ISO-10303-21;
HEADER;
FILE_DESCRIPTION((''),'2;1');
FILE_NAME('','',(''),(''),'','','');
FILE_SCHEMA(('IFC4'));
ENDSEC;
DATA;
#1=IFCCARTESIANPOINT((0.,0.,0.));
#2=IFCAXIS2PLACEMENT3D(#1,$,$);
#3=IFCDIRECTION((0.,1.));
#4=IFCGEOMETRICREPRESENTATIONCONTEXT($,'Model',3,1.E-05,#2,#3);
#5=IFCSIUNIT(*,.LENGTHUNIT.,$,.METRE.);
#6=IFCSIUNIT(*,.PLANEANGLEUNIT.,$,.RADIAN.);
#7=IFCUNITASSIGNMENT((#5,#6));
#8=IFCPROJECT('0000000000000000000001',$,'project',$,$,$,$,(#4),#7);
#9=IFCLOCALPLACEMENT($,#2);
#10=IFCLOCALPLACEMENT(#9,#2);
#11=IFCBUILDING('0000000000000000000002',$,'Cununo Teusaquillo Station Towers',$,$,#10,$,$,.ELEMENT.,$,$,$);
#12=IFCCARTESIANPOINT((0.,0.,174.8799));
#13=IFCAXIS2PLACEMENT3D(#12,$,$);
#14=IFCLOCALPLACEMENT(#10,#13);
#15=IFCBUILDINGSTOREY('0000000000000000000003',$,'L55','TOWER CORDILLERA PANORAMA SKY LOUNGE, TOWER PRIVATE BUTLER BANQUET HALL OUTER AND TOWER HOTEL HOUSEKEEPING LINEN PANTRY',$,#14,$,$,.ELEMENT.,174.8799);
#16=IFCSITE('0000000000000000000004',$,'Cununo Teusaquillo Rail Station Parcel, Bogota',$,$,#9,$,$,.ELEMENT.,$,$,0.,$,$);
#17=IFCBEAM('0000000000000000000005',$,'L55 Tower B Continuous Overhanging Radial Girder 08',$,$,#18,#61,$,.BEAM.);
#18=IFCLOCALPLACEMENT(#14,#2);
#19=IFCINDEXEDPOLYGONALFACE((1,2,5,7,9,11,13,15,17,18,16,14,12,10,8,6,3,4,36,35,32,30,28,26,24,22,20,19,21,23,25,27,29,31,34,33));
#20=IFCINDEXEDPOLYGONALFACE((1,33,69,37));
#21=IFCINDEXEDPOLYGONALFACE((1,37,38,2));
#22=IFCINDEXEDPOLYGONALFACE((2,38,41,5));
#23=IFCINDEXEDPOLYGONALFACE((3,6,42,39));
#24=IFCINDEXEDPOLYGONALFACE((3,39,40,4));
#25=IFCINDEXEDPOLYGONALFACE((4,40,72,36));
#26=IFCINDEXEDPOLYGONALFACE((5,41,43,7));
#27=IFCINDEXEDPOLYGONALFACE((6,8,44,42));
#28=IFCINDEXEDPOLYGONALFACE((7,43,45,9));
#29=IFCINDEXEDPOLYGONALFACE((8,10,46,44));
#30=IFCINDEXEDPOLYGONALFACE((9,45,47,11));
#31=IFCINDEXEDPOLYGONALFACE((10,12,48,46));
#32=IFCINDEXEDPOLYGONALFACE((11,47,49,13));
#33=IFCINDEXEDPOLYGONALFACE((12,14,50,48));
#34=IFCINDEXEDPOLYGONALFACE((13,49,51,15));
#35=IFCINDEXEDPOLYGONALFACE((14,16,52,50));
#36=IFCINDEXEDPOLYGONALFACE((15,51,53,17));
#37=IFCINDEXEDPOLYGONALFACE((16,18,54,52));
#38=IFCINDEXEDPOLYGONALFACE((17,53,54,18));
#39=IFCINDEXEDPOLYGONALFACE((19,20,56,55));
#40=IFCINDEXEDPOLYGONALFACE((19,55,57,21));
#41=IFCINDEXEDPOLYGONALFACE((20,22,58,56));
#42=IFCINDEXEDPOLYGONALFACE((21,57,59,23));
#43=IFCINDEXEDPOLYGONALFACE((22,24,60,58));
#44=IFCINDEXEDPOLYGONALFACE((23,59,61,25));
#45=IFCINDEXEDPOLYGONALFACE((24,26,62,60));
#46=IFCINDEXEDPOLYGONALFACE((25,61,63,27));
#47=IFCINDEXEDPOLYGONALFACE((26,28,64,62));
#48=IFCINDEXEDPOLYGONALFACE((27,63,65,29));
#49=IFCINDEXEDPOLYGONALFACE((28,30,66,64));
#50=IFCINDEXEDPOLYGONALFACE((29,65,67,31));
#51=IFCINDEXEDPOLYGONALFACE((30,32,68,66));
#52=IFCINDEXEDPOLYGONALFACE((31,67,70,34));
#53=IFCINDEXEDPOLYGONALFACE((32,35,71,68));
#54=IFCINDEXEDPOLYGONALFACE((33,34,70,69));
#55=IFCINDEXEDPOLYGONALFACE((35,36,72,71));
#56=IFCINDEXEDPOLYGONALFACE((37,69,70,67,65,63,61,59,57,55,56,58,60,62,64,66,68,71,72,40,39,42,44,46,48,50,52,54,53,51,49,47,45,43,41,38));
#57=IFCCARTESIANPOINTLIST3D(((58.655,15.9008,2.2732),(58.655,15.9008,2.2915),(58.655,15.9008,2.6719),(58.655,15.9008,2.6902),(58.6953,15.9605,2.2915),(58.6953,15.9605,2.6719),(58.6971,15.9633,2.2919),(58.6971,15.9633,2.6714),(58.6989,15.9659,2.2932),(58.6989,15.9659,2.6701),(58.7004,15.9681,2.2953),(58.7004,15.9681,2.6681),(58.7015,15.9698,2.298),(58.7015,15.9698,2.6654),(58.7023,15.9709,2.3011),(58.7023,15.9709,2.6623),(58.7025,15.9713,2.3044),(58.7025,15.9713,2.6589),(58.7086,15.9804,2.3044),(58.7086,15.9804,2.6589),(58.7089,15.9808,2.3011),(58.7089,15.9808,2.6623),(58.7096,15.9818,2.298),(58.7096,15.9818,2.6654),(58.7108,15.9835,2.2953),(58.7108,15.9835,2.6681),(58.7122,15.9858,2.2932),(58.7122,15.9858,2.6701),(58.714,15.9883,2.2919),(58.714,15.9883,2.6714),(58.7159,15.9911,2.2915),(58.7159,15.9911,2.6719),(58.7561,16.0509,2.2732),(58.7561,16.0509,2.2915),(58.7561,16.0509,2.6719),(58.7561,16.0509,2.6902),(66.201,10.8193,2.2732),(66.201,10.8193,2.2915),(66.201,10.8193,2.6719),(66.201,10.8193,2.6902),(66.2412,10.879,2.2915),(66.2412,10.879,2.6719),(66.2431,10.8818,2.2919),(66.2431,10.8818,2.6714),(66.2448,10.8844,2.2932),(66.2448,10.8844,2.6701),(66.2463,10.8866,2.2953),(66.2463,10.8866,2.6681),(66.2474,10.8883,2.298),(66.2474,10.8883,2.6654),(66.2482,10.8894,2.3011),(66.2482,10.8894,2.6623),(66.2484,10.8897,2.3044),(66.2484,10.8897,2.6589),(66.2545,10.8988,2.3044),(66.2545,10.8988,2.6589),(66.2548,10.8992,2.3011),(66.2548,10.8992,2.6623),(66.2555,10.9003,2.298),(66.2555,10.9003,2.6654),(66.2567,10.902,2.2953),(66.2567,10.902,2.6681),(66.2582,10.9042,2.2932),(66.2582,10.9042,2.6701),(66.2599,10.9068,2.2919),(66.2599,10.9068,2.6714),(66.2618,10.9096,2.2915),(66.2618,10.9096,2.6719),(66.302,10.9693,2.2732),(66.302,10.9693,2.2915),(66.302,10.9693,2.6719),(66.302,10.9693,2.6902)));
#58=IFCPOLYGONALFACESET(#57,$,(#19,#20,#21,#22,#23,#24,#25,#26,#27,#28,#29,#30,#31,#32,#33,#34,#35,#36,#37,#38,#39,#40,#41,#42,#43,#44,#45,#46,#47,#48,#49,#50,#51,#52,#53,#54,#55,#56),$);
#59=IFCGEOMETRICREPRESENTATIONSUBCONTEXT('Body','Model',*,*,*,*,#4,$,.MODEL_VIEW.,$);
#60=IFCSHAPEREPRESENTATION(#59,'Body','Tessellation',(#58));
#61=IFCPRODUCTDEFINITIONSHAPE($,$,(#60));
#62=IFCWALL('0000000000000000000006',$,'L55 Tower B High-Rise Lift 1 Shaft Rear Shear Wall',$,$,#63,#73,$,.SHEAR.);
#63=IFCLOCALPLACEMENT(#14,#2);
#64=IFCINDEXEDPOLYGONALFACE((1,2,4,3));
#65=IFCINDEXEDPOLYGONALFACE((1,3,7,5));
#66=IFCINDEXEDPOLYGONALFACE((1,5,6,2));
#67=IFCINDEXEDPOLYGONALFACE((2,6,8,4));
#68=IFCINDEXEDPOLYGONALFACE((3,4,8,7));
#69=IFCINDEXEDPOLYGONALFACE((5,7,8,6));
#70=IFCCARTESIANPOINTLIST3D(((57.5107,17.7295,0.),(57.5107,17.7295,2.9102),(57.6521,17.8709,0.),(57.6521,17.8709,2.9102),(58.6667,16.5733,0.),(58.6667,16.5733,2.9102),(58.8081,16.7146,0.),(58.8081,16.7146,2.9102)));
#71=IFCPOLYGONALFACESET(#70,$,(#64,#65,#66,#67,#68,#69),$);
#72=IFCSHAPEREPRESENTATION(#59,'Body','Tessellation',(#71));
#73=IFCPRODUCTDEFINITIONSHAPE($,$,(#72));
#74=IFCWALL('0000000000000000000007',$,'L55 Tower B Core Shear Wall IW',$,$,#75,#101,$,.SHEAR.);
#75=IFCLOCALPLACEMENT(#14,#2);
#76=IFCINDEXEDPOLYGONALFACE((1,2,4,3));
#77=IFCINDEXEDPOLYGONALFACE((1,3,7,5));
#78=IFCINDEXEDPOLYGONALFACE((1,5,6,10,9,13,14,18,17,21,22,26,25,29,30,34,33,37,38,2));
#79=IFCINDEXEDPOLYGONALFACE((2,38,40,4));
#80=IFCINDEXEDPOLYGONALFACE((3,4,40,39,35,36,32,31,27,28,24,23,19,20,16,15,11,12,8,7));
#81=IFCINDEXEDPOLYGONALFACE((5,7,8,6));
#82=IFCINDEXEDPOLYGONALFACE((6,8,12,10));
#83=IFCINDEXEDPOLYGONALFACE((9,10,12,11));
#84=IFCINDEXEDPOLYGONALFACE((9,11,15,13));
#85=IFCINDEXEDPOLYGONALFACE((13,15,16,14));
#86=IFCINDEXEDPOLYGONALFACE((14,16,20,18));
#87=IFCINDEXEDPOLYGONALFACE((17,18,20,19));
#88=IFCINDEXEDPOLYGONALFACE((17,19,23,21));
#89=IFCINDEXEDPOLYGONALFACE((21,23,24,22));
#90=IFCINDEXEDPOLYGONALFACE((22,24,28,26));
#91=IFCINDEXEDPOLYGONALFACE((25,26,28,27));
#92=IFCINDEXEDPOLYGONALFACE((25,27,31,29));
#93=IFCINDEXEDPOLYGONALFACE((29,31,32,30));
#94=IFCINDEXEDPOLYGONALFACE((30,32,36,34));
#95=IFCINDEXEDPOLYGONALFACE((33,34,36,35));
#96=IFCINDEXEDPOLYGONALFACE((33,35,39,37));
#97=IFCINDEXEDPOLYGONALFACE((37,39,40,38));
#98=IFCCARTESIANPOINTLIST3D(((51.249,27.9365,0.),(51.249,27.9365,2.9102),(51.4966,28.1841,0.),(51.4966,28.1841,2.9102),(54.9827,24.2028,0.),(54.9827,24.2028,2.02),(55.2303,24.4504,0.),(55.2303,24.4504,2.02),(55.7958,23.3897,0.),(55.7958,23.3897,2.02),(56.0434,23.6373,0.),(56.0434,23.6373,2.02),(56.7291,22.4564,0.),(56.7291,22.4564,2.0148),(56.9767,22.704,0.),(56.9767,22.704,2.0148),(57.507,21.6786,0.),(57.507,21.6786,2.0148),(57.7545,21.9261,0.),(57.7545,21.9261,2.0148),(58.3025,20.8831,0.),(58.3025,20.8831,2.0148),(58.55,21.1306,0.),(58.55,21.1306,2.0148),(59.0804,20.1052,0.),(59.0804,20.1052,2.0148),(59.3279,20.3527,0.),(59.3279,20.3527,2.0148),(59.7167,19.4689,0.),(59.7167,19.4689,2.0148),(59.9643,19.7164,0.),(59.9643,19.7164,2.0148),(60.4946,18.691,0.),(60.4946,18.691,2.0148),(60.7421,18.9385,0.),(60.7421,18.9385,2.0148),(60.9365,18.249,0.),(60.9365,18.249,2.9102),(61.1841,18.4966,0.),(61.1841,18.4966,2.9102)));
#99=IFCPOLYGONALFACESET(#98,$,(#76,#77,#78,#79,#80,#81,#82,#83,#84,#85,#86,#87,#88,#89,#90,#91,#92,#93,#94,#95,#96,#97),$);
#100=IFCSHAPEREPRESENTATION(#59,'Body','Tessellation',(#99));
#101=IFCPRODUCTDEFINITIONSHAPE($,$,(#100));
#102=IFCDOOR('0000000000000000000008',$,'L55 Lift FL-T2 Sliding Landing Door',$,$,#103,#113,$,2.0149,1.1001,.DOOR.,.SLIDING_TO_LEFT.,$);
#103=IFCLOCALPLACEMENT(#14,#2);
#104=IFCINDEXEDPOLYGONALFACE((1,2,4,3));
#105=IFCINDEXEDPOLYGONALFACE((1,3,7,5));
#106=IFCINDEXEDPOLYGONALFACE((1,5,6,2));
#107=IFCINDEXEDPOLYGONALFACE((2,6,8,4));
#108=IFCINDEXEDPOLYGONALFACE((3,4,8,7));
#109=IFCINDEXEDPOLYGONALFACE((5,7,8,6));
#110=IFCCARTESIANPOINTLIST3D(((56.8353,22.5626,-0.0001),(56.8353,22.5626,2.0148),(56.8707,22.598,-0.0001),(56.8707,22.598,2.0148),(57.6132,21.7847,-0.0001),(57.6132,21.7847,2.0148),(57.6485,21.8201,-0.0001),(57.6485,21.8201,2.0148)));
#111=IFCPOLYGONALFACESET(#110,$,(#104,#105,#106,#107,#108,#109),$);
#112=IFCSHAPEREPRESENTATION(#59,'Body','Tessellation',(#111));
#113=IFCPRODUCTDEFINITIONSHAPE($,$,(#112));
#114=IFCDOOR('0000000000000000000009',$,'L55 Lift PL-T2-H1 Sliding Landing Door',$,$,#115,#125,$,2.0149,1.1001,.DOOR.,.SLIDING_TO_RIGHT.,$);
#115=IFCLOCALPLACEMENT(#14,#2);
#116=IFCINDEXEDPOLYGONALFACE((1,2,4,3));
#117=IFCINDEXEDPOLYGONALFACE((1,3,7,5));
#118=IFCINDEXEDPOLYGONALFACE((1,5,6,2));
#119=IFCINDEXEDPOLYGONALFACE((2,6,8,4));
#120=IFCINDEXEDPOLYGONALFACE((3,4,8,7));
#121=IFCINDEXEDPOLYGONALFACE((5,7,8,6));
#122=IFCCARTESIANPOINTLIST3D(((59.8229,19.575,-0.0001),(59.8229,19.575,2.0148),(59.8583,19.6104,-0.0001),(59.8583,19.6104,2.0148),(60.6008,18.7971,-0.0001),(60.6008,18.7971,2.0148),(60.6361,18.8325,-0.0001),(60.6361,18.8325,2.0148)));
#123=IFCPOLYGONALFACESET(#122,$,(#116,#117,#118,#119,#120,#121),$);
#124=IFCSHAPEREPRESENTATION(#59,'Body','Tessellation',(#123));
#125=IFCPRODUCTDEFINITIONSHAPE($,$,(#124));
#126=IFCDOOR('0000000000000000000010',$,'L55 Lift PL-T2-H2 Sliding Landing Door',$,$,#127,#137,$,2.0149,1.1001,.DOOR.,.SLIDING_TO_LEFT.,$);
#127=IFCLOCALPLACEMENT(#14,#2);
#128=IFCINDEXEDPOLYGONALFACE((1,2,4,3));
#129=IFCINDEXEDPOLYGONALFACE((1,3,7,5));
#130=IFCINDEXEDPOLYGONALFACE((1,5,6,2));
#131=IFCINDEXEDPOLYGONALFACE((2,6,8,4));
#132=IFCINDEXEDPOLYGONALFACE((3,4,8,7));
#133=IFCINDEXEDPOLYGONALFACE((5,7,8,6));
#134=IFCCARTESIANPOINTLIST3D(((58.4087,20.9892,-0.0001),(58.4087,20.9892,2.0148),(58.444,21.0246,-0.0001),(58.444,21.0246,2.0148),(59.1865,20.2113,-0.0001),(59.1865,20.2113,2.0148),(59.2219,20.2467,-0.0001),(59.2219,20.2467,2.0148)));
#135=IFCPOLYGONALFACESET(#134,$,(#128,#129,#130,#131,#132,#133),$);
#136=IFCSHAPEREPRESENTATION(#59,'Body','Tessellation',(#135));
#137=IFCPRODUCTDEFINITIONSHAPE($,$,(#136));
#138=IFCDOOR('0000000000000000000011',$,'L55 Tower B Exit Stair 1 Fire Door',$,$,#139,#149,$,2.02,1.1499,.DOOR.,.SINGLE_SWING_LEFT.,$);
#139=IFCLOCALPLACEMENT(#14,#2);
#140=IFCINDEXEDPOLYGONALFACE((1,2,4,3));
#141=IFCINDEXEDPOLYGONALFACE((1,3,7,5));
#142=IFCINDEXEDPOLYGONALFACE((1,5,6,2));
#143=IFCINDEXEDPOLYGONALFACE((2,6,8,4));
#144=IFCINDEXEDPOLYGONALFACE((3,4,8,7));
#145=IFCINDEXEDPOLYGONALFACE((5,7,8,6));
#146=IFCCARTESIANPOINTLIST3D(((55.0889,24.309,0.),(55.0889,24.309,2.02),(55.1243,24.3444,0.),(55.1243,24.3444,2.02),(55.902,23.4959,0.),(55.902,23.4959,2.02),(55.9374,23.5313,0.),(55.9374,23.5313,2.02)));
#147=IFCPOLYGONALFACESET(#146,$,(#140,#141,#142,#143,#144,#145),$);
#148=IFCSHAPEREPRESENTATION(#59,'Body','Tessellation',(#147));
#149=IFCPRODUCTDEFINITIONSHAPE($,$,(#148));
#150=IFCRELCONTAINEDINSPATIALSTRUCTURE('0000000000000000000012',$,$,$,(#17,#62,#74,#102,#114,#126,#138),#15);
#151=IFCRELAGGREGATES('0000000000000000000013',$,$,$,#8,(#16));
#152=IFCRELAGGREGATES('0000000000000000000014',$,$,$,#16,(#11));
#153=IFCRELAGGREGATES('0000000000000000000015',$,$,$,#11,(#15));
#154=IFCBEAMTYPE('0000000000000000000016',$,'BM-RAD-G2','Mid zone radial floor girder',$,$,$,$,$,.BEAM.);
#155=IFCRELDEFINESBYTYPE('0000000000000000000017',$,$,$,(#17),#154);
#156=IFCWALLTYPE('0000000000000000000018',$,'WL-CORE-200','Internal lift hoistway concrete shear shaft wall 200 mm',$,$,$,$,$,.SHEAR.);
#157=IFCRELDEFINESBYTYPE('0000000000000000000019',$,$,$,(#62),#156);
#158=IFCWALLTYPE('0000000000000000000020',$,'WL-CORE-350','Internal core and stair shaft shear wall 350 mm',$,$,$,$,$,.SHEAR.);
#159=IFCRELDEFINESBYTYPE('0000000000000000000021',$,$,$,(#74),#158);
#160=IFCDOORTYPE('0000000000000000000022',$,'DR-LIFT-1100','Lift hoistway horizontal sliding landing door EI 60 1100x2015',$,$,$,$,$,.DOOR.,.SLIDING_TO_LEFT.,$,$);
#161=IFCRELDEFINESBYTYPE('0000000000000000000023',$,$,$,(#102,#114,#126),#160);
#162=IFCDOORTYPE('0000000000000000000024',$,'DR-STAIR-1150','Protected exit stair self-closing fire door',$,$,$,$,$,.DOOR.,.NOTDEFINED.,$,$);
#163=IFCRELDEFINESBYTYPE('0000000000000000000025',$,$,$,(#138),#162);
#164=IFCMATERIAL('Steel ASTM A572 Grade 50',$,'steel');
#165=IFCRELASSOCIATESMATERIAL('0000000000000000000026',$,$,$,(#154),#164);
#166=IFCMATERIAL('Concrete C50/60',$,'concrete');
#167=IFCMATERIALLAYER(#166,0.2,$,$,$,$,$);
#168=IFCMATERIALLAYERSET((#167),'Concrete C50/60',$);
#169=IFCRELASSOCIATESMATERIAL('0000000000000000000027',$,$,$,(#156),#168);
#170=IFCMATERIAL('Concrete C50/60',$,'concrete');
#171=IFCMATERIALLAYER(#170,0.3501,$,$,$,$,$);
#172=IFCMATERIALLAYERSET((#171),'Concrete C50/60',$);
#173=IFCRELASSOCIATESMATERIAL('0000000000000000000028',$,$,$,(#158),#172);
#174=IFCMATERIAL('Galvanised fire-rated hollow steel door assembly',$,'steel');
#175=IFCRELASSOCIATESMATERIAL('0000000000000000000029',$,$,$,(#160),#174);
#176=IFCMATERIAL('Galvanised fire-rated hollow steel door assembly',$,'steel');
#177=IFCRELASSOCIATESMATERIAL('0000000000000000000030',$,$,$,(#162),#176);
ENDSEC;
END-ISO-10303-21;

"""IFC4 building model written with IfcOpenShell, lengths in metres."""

from ifc_helpers import new_model, si_unit, direction, frame, frame_2d, origin, origin_2d, place, context, subcontext, project, spatial, rectangle, i_section, extrude, source, transform, mapped, material, layer, layer_set, material_profile, profile_set, type_object, element, fill, save


model = new_model("IFC4")

# Units and contexts
model_context = context("Model", 3, precision=1e-05, world=origin(), true_north=direction((0.0, 1.0)))
body_context = subcontext(model_context, "Body", "Model", "MODEL_VIEW")
ifc_project = project(units=[si_unit("LENGTHUNIT", "METRE"), si_unit("PLANEANGLEUNIT", "RADIAN")], contexts=[model_context])

# Site, building, storey
site_placement = place(None, origin())
site = spatial("IfcSite", under=ifc_project, at=site_placement, Name="Cununo Teusaquillo Rail Station Parcel, Bogota", CompositionType="ELEMENT", RefElevation=0.0)
building_placement = place(site_placement, origin())
building = spatial("IfcBuilding", under=site, at=building_placement, Name="Cununo Teusaquillo Station Towers", CompositionType="ELEMENT")
storey_placement = place(building_placement, frame((0.0, 0.0, 174.8799)))
storey = spatial("IfcBuildingStorey", under=building, at=storey_placement, Name="L55", Description="TOWER CORDILLERA PANORAMA SKY LOUNGE, TOWER PRIVATE BUTLER BANQUET HALL OUTER AND TOWER HOTEL HOUSEKEEPING LINEN PANTRY", CompositionType="ELEMENT", Elevation=174.8799)

# Beam
ifc_material_1 = material(Name="Steel ASTM A572 Grade 50", Category="steel")
ifc_material_profile_1 = material_profile(ifc_material_1, i_section(OverallWidth=0.1809, OverallDepth=0.417, WebThickness=0.011, FlangeThickness=0.0183, FilletRadius=0.0129, at=origin_2d()), Name="W16X57")
ifc_profile_set_1 = profile_set([ifc_material_profile_1], Name="Steel ASTM A572 Grade 50")
beam_type_1 = type_object("IfcBeamType", Name="BM-RAD-G2", Description="Mid zone radial floor girder", PredefinedType="BEAM", material=ifc_profile_set_1)
beam_1_placement = place(storey_placement, frame((58.7056, 15.9758, 2.4817), z_axis=(0.829457, -0.558571, 0.0), x_axis=(0.558571, 0.829457, 0.0)))
element("IfcBeam", 1, at=beam_1_placement, inside=storey, type_object=beam_type_1, Name="L55 Tower B Continuous Overhanging Radial Girder 08", PredefinedType="BEAM", context=body_context, shape_type="SweptSolid", body=[
    extrude(i_section(OverallWidth=0.1809, OverallDepth=0.417, WebThickness=0.011, FlangeThickness=0.0183, FilletRadius=0.0129, at=origin_2d()), origin(), (0.0, 0.0, 1.0), 9.0974),
])

# Wall
ifc_material_2 = material(Name="Concrete C50/60", Category="concrete")
ifc_layer_1 = layer(ifc_material_2, 0.2)
ifc_layer_set_1 = layer_set([ifc_layer_1], Name="Concrete C50/60")
wall_type_1 = type_object("IfcWallType", Name="WL-CORE-200", Description="Internal lift hoistway concrete shear shaft wall 200 mm", PredefinedType="SHEAR", material=ifc_layer_set_1)
wall_1_placement = place(storey_placement, frame((58.7373, 16.644, 0.0), z_axis=(0.0, 0.0, 1.0), x_axis=(-0.707032, 0.707181, 0.0)))
element("IfcWall", 2, at=wall_1_placement, inside=storey, type_object=wall_type_1, Name="L55 Tower B High-Rise Lift 1 Shaft Rear Shear Wall", PredefinedType="SHEAR", context=body_context, shape_type="SweptSolid", body=[
    extrude(rectangle(XDim=1.635, YDim=0.2, at=frame_2d((0.8174, 0.0))), origin(), (0.0, 0.0, 1.0), 2.9102),
])

# Wall, openings, doors
ifc_material_3 = material(Name="Concrete C50/60", Category="concrete")
ifc_layer_2 = layer(ifc_material_3, 0.3501)
ifc_layer_set_2 = layer_set([ifc_layer_2], Name="Concrete C50/60")
wall_type_2 = type_object("IfcWallType", Name="WL-CORE-350", Description="Internal core and stair shaft shear wall 350 mm", PredefinedType="SHEAR", material=ifc_layer_set_2)
wall_2_placement = place(storey_placement, frame((61.0603, 18.3728, 0.0), z_axis=(0.0, 0.0, 1.0), x_axis=(-0.707107, 0.707107, 0.0)))
wall_2 = element("IfcWall", 3, at=wall_2_placement, inside=storey, type_object=wall_type_2, Name="L55 Tower B Core Shear Wall IW", PredefinedType="SHEAR", context=body_context, shape_type="SweptSolid", body=[
    extrude(rectangle(XDim=13.7002, YDim=0.3501, at=frame_2d((6.8501, 0.0))), origin(), (0.0, 0.0, 1.0), 2.9102),
])
shared_shape_1 = source(origin(), body_context, "Body", "SweptSolid", [
    extrude(rectangle(XDim=1.1001, YDim=2.0149, at=frame_2d((0.55, 1.0073))), frame((0.0, 0.1851, 0.0), z_axis=(0.0, -1.0, 0.0), x_axis=(1.0, 0.0, 0.0)), (0.0, 0.0, 1.0), 0.3701),
])
opening_1_placement = place(wall_2_placement, frame((4.8501, 0.0, 0.0)))
opening_1 = element("IfcOpeningElement", 4, at=opening_1_placement, cuts=wall_2, PredefinedType="OPENING", context=body_context, shape_type="MappedRepresentation", body=[
    mapped(shared_shape_1, transform((0.0, 0.0, 0.0), x_axis=(1.0, 0.0, 0.0), y_axis=(0.0, 1.0, 0.0), z_axis=(0.0, 0.0, 1.0), scale=1.0)),
])
opening_2_placement = place(wall_2_placement, frame((0.625, 0.0, 0.0)))
opening_2 = element("IfcOpeningElement", 5, at=opening_2_placement, cuts=wall_2, PredefinedType="OPENING", context=body_context, shape_type="MappedRepresentation", body=[
    mapped(shared_shape_1, transform((0.0, 0.0, 0.0), x_axis=(1.0, 0.0, 0.0), y_axis=(0.0, 1.0, 0.0), z_axis=(0.0, 0.0, 1.0), scale=1.0)),
])
opening_3_placement = place(wall_2_placement, frame((2.625, 0.0, 0.0)))
opening_3 = element("IfcOpeningElement", 6, at=opening_3_placement, cuts=wall_2, PredefinedType="OPENING", context=body_context, shape_type="MappedRepresentation", body=[
    mapped(shared_shape_1, transform((0.0, 0.0, 0.0), x_axis=(1.0, 0.0, 0.0), y_axis=(0.0, 1.0, 0.0), z_axis=(0.0, 0.0, 1.0), scale=1.0)),
])
shared_shape_2 = source(origin(), body_context, "Body", "SweptSolid", [
    extrude(rectangle(XDim=1.1499, YDim=2.02, at=frame_2d((0.575, 1.01))), frame((0.0, 0.1851, 0.0), z_axis=(0.0, -1.0, 0.0), x_axis=(1.0, 0.0, 0.0)), (0.0, 0.0, 1.0), 0.3701),
])
opening_4_placement = place(wall_2_placement, frame((7.27, 0.0, 0.0)))
opening_4 = element("IfcOpeningElement", 7, at=opening_4_placement, cuts=wall_2, PredefinedType="OPENING", context=body_context, shape_type="MappedRepresentation", body=[
    mapped(shared_shape_2, transform((0.0, 0.0, 0.0), x_axis=(1.0, 0.0, 0.0), y_axis=(0.0, 1.0, 0.0), z_axis=(0.0, 0.0, 1.0), scale=1.0)),
])
ifc_material_4 = material(Name="Galvanised fire-rated hollow steel door assembly", Category="steel")
door_type_1 = type_object("IfcDoorType", Name="DR-LIFT-1100", Description="Lift hoistway horizontal sliding landing door EI 60 1100x2015", OperationType="SLIDING_TO_LEFT", PredefinedType="DOOR", material=ifc_material_4)
shared_shape_3 = source(origin(), body_context, "Body", "SweptSolid", [
    extrude(rectangle(XDim=1.1001, YDim=2.0149, at=frame_2d((0.55, 1.0073))), frame((0.0, 0.0249, 0.0), z_axis=(0.0, -1.0, 0.0), x_axis=(1.0, 0.0, 0.0)), (0.0, 0.0, 1.0), 0.05),
])
door_1_placement = place(opening_1_placement, origin())
door_1 = element("IfcDoor", 8, at=door_1_placement, inside=storey, type_object=door_type_1, Name="L55 Lift FL-T2 Sliding Landing Door", OperationType="SLIDING_TO_LEFT", OverallHeight=2.0149, OverallWidth=1.1001, PredefinedType="DOOR", context=body_context, shape_type="MappedRepresentation", body=[
    mapped(shared_shape_3, transform((0.0, 0.0, 0.0), x_axis=(1.0, 0.0, 0.0), y_axis=(0.0, 1.0, 0.0), z_axis=(0.0, 0.0, 1.0), scale=1.0)),
])
fill(opening_1, door_1)
door_2_placement = place(opening_2_placement, origin())
door_2 = element("IfcDoor", 9, at=door_2_placement, inside=storey, type_object=door_type_1, Name="L55 Lift PL-T2-H1 Sliding Landing Door", OperationType="SLIDING_TO_RIGHT", OverallHeight=2.0149, OverallWidth=1.1001, PredefinedType="DOOR", context=body_context, shape_type="MappedRepresentation", body=[
    mapped(shared_shape_3, transform((0.0, 0.0, 0.0), x_axis=(1.0, 0.0, 0.0), y_axis=(0.0, 1.0, 0.0), z_axis=(0.0, 0.0, 1.0), scale=1.0)),
])
fill(opening_2, door_2)
door_3_placement = place(opening_3_placement, origin())
door_3 = element("IfcDoor", 10, at=door_3_placement, inside=storey, type_object=door_type_1, Name="L55 Lift PL-T2-H2 Sliding Landing Door", OperationType="SLIDING_TO_LEFT", OverallHeight=2.0149, OverallWidth=1.1001, PredefinedType="DOOR", context=body_context, shape_type="MappedRepresentation", body=[
    mapped(shared_shape_3, transform((0.0, 0.0, 0.0), x_axis=(1.0, 0.0, 0.0), y_axis=(0.0, 1.0, 0.0), z_axis=(0.0, 0.0, 1.0), scale=1.0)),
])
fill(opening_3, door_3)
ifc_material_5 = material(Name="Galvanised fire-rated hollow steel door assembly", Category="steel")
door_type_2 = type_object("IfcDoorType", Name="DR-STAIR-1150", Description="Protected exit stair self-closing fire door", OperationType="NOTDEFINED", PredefinedType="DOOR", material=ifc_material_5)
shared_shape_4 = source(origin(), body_context, "Body", "SweptSolid", [
    extrude(rectangle(XDim=1.1499, YDim=2.02, at=frame_2d((0.575, 1.01))), frame((0.0, 0.0249, 0.0), z_axis=(0.0, -1.0, 0.0), x_axis=(1.0, 0.0, 0.0)), (0.0, 0.0, 1.0), 0.05),
])
door_4_placement = place(opening_4_placement, origin())
door_4 = element("IfcDoor", 11, at=door_4_placement, inside=storey, type_object=door_type_2, Name="L55 Tower B Exit Stair 1 Fire Door", OperationType="SINGLE_SWING_LEFT", OverallHeight=2.02, OverallWidth=1.1499, PredefinedType="DOOR", context=body_context, shape_type="MappedRepresentation", body=[
    mapped(shared_shape_4, transform((0.0, 0.0, 0.0), x_axis=(1.0, 0.0, 0.0), y_axis=(0.0, 1.0, 0.0), z_axis=(0.0, 0.0, 1.0), scale=1.0)),
])
fill(opening_4, door_4)

save(model, "model.ifc")
